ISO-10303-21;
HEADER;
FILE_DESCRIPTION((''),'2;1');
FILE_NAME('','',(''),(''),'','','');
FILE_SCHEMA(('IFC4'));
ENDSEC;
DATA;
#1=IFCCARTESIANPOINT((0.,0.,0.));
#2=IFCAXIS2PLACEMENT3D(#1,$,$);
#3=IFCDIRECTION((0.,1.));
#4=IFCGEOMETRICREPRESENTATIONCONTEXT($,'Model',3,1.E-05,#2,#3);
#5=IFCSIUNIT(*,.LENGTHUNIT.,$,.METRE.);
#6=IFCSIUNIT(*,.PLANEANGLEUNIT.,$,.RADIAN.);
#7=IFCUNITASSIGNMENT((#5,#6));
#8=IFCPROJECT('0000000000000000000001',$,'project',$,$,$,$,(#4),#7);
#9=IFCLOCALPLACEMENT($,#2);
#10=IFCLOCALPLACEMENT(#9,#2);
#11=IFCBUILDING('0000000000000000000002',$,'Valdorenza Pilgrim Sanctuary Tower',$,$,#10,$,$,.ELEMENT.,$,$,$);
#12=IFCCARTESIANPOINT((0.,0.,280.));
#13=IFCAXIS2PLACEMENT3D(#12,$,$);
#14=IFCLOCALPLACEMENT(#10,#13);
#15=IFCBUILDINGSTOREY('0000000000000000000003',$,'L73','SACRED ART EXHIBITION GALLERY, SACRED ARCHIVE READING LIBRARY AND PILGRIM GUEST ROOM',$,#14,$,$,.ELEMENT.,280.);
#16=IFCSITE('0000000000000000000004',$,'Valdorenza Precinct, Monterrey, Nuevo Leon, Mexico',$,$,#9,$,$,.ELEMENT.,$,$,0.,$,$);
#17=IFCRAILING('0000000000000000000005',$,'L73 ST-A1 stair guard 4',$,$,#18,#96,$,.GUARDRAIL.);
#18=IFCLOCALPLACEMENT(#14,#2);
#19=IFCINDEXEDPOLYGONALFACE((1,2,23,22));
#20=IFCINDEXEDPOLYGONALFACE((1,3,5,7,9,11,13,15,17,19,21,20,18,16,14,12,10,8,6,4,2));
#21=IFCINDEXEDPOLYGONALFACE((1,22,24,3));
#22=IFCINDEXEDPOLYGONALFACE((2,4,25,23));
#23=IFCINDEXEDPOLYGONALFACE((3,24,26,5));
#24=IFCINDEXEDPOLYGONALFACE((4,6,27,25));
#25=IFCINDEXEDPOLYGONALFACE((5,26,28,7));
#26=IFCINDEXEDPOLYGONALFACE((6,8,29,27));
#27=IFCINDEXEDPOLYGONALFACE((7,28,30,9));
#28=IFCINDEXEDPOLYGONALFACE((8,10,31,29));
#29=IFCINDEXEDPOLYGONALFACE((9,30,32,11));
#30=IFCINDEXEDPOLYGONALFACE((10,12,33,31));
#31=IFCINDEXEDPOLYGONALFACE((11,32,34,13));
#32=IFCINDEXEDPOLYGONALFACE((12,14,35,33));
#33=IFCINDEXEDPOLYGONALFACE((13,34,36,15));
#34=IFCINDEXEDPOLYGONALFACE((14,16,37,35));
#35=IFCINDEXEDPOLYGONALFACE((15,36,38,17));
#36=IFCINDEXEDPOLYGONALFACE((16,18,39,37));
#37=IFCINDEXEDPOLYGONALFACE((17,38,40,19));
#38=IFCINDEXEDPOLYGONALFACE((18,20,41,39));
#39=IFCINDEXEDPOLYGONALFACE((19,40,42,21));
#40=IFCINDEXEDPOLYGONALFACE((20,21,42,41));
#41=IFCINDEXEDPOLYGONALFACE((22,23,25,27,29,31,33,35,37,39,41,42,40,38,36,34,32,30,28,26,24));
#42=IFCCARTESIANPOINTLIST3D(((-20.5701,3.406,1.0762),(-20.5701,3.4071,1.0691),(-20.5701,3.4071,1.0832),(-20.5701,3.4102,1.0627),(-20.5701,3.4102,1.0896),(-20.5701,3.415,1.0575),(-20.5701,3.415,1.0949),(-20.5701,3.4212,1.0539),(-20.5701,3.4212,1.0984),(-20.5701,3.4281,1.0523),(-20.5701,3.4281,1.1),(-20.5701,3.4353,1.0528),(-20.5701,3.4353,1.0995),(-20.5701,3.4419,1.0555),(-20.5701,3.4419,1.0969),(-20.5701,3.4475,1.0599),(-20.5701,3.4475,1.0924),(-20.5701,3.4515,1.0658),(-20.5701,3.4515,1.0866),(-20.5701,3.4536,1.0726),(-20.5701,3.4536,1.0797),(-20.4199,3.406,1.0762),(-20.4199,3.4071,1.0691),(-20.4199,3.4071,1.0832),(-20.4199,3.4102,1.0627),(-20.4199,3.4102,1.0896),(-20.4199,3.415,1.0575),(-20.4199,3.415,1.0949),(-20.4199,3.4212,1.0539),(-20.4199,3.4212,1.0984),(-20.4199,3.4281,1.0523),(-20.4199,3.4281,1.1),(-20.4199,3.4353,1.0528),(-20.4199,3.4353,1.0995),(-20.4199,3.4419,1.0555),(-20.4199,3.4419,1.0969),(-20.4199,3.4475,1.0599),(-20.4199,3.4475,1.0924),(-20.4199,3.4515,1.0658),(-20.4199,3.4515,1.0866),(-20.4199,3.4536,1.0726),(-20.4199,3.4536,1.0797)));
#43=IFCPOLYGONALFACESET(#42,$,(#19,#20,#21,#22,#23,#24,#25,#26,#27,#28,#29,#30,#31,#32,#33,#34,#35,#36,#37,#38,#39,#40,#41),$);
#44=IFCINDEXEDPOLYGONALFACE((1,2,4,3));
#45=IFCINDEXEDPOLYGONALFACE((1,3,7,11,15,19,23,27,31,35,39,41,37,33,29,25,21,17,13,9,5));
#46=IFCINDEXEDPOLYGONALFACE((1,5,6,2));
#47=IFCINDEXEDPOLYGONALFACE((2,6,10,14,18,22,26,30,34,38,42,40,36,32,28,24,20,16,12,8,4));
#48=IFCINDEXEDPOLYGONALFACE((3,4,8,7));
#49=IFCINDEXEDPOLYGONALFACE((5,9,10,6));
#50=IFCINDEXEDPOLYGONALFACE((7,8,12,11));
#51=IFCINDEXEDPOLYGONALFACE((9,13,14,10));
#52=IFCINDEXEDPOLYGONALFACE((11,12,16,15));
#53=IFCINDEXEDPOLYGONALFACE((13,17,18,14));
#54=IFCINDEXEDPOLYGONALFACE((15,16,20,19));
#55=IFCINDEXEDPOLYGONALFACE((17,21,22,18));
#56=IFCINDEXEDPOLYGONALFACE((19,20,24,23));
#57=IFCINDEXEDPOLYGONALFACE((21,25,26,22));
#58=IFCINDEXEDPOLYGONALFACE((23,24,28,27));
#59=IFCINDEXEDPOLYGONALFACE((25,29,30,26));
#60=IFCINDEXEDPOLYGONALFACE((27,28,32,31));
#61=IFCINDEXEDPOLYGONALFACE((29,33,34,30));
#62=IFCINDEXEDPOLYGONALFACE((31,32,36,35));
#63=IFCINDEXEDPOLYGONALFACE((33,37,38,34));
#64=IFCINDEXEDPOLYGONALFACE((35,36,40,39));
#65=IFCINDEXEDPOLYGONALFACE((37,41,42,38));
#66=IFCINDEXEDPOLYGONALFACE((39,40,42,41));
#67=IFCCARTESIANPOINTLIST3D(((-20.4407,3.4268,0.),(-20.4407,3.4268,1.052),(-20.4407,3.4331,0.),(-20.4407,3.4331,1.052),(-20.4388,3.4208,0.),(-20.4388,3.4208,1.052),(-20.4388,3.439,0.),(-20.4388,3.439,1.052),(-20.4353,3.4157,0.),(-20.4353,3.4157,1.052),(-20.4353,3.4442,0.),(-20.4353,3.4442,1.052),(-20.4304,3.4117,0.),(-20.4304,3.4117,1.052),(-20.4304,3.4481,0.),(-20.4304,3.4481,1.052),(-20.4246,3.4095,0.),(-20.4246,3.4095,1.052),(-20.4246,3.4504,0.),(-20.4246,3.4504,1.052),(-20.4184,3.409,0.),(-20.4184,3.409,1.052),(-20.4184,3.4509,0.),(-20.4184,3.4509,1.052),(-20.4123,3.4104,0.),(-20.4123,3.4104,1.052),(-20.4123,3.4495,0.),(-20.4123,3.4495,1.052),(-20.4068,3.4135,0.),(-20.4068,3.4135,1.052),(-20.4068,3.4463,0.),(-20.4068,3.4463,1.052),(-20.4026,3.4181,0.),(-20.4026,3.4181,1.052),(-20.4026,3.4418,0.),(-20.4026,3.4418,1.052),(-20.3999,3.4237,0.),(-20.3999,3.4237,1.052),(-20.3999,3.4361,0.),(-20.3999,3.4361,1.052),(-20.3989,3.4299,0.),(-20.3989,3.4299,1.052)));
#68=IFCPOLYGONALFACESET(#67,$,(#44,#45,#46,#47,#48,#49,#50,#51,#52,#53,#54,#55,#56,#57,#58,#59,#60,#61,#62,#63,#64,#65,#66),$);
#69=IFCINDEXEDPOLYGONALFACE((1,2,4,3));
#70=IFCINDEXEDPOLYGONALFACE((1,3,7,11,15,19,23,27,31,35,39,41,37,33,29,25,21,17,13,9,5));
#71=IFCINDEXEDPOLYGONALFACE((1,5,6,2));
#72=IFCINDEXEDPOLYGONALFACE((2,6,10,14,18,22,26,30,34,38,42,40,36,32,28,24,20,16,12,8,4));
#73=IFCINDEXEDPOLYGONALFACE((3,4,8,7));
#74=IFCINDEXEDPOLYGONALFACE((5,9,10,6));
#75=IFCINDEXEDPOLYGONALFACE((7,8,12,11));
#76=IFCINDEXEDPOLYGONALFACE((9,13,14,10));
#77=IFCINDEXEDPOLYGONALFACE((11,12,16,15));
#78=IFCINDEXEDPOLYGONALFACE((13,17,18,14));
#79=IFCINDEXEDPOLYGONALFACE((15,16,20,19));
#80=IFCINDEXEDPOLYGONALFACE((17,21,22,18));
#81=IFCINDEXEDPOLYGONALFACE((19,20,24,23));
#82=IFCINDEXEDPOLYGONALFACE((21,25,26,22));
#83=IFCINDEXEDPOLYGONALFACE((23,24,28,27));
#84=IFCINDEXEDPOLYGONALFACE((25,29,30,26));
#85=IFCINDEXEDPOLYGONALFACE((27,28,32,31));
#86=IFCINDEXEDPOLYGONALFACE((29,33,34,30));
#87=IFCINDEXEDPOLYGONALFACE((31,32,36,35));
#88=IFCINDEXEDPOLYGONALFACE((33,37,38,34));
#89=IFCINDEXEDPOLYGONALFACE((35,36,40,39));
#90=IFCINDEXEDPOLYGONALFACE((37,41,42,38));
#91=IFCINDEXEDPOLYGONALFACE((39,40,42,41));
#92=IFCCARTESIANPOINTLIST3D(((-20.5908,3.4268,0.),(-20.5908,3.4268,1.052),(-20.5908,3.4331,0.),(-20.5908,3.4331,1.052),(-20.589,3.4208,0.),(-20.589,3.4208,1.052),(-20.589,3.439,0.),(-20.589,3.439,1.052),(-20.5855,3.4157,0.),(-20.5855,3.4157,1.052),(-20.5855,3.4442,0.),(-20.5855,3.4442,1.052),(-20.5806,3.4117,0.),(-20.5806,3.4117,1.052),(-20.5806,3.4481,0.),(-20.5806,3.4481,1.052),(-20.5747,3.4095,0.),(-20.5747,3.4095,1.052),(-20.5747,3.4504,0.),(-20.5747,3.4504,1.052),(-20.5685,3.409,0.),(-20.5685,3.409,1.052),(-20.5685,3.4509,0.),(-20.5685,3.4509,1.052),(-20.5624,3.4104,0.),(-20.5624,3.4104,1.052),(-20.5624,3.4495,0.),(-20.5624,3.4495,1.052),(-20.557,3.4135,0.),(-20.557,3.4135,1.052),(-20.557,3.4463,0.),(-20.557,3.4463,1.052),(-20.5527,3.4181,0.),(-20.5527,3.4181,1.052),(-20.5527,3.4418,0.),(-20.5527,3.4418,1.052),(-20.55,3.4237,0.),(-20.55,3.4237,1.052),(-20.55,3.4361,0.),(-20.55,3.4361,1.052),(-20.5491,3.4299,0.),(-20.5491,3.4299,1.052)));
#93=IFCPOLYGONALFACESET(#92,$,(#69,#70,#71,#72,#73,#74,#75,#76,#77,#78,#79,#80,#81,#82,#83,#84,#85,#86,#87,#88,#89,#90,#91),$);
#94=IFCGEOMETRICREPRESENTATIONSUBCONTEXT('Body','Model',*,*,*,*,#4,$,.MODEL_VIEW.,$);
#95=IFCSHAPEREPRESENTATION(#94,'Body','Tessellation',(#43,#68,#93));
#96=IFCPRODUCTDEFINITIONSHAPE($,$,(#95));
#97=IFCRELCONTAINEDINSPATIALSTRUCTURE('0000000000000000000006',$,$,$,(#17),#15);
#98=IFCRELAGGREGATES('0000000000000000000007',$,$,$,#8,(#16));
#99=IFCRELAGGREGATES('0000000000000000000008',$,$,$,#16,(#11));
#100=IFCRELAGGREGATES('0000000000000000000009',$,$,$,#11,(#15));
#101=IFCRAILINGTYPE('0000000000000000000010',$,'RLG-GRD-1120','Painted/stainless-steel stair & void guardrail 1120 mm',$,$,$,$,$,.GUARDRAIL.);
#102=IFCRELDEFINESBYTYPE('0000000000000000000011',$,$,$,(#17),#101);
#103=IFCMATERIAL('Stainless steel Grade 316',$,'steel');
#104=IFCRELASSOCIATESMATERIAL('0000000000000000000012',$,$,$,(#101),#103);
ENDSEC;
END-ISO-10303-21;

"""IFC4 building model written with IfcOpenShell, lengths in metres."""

from ifc_helpers import new_model, si_unit, direction, frame, origin, origin_2d, place, context, subcontext, project, spatial, circle, extrude, material, type_object, element, save


model = new_model("IFC4")

# Units and contexts
model_context = context("Model", 3, precision=1e-05, world=origin(), true_north=direction((0.0, 1.0)))
body_context = subcontext(model_context, "Body", "Model", "MODEL_VIEW")
ifc_project = project(units=[si_unit("LENGTHUNIT", "METRE"), si_unit("PLANEANGLEUNIT", "RADIAN")], contexts=[model_context])

# Site, building, storey
site_placement = place(None, origin())
site = spatial("IfcSite", under=ifc_project, at=site_placement, Name="Valdorenza Precinct, Monterrey, Nuevo Leon, Mexico", CompositionType="ELEMENT", RefElevation=0.0)
building_placement = place(site_placement, origin())
building = spatial("IfcBuilding", under=site, at=building_placement, Name="Valdorenza Pilgrim Sanctuary Tower", CompositionType="ELEMENT")
storey_placement = place(building_placement, frame((0.0, 0.0, 280.0)))
storey = spatial("IfcBuildingStorey", under=building, at=storey_placement, Name="L73", Description="SACRED ART EXHIBITION GALLERY, SACRED ARCHIVE READING LIBRARY AND PILGRIM GUEST ROOM", CompositionType="ELEMENT", Elevation=280.0)

# Railing
ifc_material_1 = material(Name="Stainless steel Grade 316", Category="steel")
railing_type_1 = type_object("IfcRailingType", Name="RLG-GRD-1120", Description="Painted/stainless-steel stair & void guardrail 1120 mm", PredefinedType="GUARDRAIL", material=ifc_material_1)
railing_1_placement = place(storey_placement, frame((-20.4199, 3.4299, 0.0)))
element("IfcRailing", 1, at=railing_1_placement, inside=storey, type_object=railing_type_1, Name="L73 ST-A1 stair guard 4", PredefinedType="GUARDRAIL", context=body_context, shape_type="SweptSolid", body=[
    extrude(circle(Radius=0.0239, at=origin_2d()), frame((0.0, 0.0, 1.0762), z_axis=(-1.0, 0.0, 0.0), x_axis=(0.0, -1.0, 0.0)), (0.0, 0.0, 1.0), 0.1501),
    extrude(circle(Radius=0.021, at=origin_2d()), origin(), (0.0, 0.0, 1.0), 1.052),
    extrude(circle(Radius=0.021, at=origin_2d()), frame((-0.1501, 0.0, 0.0)), (0.0, 0.0, 1.0), 1.052),
])

save(model, "model.ifc")
